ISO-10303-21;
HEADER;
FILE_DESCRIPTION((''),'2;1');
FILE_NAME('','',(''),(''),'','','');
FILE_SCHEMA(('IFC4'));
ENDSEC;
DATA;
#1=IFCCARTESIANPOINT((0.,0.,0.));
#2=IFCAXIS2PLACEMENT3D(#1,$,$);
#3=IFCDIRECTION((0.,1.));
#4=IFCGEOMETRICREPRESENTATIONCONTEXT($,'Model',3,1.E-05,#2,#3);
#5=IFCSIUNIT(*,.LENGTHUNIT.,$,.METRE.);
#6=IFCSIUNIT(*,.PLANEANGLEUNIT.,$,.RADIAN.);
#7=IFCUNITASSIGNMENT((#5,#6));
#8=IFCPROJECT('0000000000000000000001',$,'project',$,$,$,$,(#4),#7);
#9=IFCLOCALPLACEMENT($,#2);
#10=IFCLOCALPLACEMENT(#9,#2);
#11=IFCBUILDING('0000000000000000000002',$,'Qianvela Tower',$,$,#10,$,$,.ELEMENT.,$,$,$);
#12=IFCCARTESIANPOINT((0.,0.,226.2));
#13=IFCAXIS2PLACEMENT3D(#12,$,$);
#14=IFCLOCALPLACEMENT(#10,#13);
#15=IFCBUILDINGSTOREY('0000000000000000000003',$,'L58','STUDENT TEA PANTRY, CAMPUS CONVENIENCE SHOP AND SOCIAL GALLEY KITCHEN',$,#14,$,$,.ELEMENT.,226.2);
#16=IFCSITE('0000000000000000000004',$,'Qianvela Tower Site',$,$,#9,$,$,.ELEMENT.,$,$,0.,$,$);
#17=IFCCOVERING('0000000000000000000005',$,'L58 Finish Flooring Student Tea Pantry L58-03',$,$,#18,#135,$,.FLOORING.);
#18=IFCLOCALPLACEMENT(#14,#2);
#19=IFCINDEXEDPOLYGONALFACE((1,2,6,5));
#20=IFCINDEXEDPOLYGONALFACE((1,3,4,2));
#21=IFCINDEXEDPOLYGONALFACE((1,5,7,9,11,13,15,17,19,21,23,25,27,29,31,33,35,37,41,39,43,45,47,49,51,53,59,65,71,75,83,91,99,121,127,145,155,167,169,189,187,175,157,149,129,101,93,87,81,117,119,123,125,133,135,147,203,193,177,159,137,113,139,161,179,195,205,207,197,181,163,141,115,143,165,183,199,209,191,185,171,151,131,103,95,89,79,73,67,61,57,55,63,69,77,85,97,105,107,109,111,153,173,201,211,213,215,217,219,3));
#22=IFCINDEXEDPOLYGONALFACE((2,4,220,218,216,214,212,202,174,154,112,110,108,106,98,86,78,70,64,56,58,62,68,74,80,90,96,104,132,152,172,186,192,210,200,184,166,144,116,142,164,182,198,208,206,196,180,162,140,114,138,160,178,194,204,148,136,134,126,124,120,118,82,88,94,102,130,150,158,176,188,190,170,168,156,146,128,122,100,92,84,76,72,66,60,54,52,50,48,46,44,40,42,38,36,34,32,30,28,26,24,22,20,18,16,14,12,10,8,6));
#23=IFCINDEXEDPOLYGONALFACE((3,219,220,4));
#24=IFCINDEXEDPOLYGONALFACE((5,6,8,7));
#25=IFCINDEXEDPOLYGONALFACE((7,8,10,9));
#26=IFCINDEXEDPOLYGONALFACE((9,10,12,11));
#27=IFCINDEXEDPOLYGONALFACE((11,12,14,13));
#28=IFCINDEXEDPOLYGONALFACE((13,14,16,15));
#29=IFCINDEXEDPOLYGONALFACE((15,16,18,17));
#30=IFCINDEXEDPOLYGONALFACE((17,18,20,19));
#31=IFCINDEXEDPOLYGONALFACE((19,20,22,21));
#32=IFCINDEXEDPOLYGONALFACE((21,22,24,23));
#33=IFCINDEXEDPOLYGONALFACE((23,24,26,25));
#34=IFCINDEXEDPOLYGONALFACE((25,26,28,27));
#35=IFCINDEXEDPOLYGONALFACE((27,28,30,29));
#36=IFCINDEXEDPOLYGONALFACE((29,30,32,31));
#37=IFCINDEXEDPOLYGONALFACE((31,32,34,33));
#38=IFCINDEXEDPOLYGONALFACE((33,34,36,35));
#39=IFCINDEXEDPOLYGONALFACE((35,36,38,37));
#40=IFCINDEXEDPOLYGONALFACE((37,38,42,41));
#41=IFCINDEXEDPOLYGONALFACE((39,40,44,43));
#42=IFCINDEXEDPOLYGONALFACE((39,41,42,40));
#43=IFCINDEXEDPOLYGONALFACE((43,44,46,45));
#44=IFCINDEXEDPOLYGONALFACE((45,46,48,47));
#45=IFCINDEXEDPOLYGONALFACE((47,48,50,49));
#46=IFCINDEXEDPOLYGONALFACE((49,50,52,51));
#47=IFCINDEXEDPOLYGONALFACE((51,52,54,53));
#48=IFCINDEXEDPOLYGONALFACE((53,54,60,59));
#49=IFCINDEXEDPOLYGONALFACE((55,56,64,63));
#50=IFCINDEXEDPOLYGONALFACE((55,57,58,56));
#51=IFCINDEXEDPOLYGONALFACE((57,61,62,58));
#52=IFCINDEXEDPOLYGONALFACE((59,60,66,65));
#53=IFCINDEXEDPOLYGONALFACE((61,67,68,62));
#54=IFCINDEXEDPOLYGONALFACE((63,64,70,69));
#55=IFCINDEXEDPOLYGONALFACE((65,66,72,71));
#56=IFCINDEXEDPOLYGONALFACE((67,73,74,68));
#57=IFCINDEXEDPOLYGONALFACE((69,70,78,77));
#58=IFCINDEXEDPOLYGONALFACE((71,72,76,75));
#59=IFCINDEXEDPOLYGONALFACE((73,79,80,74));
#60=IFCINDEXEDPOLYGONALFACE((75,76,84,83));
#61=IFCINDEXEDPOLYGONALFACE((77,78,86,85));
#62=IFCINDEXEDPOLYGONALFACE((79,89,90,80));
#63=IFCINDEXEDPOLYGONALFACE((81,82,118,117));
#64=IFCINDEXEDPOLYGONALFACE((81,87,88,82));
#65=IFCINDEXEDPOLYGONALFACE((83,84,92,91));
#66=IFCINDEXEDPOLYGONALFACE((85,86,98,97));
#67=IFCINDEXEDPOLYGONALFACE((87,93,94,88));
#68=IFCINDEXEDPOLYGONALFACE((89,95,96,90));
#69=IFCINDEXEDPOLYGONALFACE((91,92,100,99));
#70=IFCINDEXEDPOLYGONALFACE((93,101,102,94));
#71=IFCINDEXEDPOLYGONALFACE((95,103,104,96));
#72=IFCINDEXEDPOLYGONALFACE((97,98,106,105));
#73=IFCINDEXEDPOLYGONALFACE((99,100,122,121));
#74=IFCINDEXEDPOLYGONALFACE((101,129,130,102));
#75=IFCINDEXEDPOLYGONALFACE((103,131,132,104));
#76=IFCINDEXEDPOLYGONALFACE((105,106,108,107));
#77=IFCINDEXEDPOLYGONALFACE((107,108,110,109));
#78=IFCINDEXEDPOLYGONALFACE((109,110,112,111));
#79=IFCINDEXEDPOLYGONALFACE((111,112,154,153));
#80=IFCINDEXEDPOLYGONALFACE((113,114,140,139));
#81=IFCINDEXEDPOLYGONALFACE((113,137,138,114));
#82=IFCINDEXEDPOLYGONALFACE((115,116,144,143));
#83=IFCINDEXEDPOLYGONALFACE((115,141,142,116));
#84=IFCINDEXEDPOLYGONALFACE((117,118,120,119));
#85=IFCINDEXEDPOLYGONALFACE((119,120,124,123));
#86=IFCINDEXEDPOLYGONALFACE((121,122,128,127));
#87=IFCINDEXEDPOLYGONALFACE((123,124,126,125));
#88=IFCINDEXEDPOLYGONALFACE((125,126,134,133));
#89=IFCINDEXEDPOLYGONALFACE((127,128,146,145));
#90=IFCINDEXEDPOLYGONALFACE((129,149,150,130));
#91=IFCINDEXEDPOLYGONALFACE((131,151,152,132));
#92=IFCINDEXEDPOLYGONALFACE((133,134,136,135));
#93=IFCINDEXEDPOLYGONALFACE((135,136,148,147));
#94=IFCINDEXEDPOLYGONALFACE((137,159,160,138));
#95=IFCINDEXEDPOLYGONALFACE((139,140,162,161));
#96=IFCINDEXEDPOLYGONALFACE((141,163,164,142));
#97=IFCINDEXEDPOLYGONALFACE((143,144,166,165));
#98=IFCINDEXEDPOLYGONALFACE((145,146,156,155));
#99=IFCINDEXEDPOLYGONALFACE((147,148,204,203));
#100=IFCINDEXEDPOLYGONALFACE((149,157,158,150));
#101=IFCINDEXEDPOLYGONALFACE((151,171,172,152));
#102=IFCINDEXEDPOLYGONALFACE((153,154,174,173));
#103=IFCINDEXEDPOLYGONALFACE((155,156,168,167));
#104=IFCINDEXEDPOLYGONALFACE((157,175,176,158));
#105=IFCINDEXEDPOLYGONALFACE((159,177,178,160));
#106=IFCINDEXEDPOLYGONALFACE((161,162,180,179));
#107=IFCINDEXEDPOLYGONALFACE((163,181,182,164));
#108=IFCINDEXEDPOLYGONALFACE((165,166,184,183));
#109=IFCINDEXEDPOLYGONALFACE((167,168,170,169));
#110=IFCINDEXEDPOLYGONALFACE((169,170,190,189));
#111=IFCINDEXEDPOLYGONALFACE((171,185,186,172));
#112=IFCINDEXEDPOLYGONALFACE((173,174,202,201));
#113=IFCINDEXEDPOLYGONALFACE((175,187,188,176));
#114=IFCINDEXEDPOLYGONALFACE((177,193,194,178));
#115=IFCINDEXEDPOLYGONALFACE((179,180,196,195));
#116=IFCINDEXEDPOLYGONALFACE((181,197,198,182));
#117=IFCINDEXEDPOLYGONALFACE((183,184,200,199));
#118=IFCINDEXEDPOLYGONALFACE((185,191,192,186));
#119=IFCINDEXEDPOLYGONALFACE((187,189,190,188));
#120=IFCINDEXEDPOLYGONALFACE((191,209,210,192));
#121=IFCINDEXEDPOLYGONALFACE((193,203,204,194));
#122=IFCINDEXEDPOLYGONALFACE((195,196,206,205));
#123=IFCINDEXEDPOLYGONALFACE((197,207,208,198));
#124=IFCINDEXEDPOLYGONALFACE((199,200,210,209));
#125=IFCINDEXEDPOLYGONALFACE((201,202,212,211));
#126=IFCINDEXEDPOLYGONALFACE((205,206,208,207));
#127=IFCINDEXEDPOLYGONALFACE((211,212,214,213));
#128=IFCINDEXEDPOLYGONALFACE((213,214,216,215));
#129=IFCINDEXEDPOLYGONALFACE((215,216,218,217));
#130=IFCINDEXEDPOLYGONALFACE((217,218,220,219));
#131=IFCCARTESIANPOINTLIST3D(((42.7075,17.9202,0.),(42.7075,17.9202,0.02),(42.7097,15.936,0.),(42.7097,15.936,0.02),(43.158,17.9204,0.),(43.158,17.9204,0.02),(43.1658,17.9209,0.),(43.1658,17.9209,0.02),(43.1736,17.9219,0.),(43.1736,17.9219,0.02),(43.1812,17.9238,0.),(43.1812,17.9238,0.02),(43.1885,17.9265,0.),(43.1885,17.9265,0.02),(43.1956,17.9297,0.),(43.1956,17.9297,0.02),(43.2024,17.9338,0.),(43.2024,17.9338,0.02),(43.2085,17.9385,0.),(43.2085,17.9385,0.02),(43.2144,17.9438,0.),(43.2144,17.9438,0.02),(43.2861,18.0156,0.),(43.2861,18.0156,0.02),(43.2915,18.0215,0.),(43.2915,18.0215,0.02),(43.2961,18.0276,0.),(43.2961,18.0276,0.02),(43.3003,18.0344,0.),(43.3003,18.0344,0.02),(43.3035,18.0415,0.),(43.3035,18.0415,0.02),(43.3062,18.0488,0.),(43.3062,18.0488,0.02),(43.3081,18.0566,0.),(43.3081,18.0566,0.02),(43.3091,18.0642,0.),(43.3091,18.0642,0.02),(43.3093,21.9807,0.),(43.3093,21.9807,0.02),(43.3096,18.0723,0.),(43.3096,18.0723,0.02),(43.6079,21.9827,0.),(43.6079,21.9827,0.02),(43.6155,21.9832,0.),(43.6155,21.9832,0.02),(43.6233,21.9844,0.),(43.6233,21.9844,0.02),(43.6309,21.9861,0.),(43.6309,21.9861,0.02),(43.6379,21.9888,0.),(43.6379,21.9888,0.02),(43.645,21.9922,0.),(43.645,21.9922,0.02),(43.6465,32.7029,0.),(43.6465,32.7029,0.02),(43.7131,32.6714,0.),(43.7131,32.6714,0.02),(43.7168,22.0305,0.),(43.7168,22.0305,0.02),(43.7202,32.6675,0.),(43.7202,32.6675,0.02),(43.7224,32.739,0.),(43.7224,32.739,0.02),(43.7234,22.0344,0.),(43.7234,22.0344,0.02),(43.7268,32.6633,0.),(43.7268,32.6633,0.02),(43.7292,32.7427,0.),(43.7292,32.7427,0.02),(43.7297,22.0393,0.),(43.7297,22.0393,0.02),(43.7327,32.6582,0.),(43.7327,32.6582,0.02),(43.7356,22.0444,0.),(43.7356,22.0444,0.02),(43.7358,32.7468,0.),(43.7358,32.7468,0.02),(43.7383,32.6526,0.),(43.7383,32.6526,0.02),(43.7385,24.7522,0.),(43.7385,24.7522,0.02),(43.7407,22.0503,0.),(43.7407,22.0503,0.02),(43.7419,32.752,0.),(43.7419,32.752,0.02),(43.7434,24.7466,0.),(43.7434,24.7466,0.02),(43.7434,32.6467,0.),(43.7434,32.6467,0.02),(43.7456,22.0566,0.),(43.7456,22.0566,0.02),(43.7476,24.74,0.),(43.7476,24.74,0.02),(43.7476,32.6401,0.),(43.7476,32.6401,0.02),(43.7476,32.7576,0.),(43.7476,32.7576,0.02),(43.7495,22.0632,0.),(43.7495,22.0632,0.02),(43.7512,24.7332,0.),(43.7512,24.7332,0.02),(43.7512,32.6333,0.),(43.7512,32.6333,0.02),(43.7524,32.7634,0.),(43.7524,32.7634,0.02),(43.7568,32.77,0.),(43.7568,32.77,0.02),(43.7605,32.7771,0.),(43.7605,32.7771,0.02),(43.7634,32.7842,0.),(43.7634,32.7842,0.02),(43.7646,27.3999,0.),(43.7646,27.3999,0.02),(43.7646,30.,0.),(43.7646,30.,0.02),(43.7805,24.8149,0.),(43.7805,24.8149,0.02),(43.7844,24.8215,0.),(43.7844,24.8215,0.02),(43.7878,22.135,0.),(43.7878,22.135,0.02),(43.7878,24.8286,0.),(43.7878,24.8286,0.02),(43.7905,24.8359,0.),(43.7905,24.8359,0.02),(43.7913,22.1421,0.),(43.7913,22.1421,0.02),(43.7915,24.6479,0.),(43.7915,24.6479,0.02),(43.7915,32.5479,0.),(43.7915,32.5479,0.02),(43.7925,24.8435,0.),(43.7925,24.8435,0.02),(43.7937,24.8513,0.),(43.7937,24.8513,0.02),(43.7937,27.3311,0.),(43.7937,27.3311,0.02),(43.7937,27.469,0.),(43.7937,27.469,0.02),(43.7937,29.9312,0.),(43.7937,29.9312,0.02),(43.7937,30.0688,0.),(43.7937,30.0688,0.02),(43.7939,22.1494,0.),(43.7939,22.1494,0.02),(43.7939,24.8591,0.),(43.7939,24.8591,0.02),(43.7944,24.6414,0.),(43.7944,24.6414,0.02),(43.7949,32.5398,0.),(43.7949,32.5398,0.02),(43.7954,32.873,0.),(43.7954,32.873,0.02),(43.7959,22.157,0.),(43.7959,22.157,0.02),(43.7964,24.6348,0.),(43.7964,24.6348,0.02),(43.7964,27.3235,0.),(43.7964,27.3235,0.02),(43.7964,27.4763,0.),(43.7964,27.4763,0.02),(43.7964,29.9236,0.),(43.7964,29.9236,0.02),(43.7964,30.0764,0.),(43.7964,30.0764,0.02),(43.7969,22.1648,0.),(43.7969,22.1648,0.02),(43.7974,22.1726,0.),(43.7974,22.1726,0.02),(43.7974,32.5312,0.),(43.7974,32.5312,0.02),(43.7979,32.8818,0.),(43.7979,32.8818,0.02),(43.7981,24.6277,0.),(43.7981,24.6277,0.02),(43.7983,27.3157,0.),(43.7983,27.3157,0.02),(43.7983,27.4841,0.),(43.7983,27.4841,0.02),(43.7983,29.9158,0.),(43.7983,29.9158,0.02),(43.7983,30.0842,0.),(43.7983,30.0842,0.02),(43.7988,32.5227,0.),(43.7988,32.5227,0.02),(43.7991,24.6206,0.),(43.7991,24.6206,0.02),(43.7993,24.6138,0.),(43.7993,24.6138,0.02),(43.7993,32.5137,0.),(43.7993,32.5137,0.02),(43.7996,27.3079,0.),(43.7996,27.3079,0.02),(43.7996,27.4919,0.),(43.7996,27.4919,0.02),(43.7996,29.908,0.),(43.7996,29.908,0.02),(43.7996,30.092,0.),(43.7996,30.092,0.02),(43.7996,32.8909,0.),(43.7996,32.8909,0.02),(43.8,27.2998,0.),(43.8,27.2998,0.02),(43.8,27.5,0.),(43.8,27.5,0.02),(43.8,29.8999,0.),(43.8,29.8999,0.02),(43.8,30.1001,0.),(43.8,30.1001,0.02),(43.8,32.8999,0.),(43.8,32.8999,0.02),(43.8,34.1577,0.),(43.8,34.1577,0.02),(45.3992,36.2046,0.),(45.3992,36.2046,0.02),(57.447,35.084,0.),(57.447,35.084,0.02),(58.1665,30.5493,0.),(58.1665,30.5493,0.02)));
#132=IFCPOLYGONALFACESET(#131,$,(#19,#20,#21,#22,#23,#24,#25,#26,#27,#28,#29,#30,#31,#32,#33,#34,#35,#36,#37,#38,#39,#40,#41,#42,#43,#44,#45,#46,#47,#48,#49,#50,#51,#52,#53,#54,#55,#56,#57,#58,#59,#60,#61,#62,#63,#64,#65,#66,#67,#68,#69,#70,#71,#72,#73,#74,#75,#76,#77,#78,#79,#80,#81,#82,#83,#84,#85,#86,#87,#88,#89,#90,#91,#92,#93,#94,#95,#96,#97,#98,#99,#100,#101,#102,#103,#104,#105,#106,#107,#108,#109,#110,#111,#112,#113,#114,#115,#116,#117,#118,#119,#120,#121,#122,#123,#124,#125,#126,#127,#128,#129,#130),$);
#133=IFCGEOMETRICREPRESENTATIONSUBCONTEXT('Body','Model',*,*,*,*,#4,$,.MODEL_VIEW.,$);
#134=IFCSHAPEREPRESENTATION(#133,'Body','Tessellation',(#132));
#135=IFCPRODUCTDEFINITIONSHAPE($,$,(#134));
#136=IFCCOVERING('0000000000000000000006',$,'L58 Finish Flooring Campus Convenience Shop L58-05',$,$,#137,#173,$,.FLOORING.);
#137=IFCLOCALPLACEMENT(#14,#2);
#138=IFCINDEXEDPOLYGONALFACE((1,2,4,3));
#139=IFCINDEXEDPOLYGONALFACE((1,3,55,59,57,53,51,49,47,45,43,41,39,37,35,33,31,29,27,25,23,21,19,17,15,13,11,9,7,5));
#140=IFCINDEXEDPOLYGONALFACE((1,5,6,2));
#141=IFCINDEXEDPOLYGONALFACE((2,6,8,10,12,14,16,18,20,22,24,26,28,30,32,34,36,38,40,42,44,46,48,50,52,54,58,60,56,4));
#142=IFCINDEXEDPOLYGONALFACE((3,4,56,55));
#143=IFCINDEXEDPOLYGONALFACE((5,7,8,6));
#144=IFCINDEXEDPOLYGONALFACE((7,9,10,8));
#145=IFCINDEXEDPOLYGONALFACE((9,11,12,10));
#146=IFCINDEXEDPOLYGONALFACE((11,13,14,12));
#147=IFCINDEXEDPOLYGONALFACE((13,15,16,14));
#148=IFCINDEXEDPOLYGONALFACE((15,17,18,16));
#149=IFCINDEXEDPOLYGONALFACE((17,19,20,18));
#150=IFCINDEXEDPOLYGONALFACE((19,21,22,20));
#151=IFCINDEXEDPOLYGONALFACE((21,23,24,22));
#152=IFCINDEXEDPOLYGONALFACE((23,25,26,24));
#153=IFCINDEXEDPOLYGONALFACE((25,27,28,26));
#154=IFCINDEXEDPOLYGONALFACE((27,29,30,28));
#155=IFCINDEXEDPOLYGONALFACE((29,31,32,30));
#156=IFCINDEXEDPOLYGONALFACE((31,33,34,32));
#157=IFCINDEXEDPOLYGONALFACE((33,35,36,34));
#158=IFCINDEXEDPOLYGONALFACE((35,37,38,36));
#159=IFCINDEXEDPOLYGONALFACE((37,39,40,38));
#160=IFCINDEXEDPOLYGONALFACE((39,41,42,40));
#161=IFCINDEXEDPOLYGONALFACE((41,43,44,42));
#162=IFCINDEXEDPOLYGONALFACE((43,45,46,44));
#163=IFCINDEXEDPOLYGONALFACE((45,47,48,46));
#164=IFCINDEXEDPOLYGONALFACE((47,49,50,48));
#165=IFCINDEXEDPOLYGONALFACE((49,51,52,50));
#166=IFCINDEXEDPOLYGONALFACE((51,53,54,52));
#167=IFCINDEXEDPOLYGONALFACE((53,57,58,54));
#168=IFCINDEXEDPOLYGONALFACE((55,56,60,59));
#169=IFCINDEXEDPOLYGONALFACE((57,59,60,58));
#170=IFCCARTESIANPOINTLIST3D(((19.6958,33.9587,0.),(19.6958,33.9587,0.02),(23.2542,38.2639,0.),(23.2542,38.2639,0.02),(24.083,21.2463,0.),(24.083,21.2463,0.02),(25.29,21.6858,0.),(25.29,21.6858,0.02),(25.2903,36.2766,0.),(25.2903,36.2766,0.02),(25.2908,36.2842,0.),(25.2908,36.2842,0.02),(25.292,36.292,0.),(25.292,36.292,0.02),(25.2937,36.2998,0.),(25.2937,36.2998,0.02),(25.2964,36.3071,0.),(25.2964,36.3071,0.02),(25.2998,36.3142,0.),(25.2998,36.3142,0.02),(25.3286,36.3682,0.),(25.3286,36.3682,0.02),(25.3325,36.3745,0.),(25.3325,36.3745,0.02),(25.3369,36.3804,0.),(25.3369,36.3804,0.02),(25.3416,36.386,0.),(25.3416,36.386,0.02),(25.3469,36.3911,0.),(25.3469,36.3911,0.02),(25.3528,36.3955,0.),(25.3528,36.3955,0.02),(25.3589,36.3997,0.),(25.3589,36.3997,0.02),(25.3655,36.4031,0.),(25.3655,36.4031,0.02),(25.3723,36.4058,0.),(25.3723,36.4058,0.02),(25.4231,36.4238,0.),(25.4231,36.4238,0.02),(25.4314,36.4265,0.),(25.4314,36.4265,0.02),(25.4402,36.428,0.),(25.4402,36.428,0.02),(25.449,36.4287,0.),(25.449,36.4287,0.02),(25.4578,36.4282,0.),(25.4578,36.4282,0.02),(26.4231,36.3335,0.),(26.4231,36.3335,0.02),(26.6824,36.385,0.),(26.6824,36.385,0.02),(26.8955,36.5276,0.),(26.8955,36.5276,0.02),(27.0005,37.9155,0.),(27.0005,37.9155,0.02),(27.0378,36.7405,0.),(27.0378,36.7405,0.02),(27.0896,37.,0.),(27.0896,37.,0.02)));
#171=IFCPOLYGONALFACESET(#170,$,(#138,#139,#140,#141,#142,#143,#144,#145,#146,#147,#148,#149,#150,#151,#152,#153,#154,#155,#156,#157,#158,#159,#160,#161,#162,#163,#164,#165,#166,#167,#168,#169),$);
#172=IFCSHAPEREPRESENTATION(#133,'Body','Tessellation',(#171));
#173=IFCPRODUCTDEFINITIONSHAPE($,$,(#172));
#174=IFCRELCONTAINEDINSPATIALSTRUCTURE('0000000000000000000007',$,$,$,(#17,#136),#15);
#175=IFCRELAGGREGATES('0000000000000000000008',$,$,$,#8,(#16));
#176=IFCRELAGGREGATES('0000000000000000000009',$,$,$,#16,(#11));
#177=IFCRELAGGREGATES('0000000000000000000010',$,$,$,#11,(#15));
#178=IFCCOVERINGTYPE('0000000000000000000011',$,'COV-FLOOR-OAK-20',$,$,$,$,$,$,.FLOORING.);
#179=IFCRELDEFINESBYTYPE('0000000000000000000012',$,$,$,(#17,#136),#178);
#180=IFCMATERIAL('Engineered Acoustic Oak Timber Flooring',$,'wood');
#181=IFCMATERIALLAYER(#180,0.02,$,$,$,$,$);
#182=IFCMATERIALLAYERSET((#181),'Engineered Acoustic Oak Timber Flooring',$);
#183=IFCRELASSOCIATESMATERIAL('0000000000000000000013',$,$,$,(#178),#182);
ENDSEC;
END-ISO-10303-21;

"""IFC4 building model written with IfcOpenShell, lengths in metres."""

from ifc_helpers import new_model, si_unit, direction, frame, origin, place, context, subcontext, project, spatial, polyline, outline, extrude, material, layer, layer_set, type_object, element, save


model = new_model("IFC4")

# Units and contexts
model_context = context("Model", 3, precision=1e-05, world=origin(), true_north=direction((0.0, 1.0)))
body_context = subcontext(model_context, "Body", "Model", "MODEL_VIEW")
ifc_project = project(units=[si_unit("LENGTHUNIT", "METRE"), si_unit("PLANEANGLEUNIT", "RADIAN")], contexts=[model_context])

# Site, building, storey
site_placement = place(None, origin())
site = spatial("IfcSite", under=ifc_project, at=site_placement, Name="Qianvela Tower Site", CompositionType="ELEMENT", RefElevation=0.0)
building_placement = place(site_placement, origin())
building = spatial("IfcBuilding", under=site, at=building_placement, Name="Qianvela Tower", CompositionType="ELEMENT")
storey_placement = place(building_placement, frame((0.0, 0.0, 226.2)))
storey = spatial("IfcBuildingStorey", under=building, at=storey_placement, Name="L58", Description="STUDENT TEA PANTRY, CAMPUS CONVENIENCE SHOP AND SOCIAL GALLEY KITCHEN", CompositionType="ELEMENT", Elevation=226.2)

# Coverings
ifc_material_1 = material(Name="Engineered Acoustic Oak Timber Flooring", Category="wood")
ifc_layer_1 = layer(ifc_material_1, 0.02)
ifc_layer_set_1 = layer_set([ifc_layer_1], Name="Engineered Acoustic Oak Timber Flooring")
covering_type_1 = type_object("IfcCoveringType", Name="COV-FLOOR-OAK-20", PredefinedType="FLOORING", material=ifc_layer_set_1)
covering_1_placement = place(storey_placement, origin())
element("IfcCovering", 1, at=covering_1_placement, inside=storey, type_object=covering_type_1, Name="L58 Finish Flooring Student Tea Pantry L58-03", PredefinedType="FLOORING", context=body_context, shape_type="SweptSolid", body=[
    extrude(outline(polyline([(42.7097, 15.936), (42.7075, 17.9202), (43.158, 17.9204), (43.1658, 17.9209), (43.1736, 17.9219), (43.1812, 17.9238), (43.1885, 17.9265), (43.1956, 17.9297), (43.2024, 17.9338), (43.2085, 17.9385), (43.2144, 17.9438), (43.2861, 18.0156), (43.2915, 18.0215), (43.2961, 18.0276), (43.3003, 18.0344), (43.3035, 18.0415), (43.3062, 18.0488), (43.3081, 18.0566), (43.3091, 18.0642), (43.3096, 18.0723), (43.3093, 21.9807), (43.6079, 21.9827), (43.6155, 21.9832), (43.6233, 21.9844), (43.6309, 21.9861), (43.6379, 21.9888), (43.645, 21.9922), (43.7168, 22.0305), (43.7234, 22.0344), (43.7297, 22.0393), (43.7356, 22.0444), (43.7407, 22.0503), (43.7456, 22.0566), (43.7495, 22.0632), (43.7878, 22.135), (43.7913, 22.1421), (43.7939, 22.1494), (43.7959, 22.157), (43.7969, 22.1648), (43.7974, 22.1726), (43.7993, 24.6138), (43.7991, 24.6206), (43.7981, 24.6277), (43.7964, 24.6348), (43.7944, 24.6414), (43.7915, 24.6479), (43.7512, 24.7332), (43.7476, 24.74), (43.7434, 24.7466), (43.7385, 24.7522), (43.7805, 24.8149), (43.7844, 24.8215), (43.7878, 24.8286), (43.7905, 24.8359), (43.7925, 24.8435), (43.7937, 24.8513), (43.7939, 24.8591), (43.8, 27.2998), (43.7996, 27.3079), (43.7983, 27.3157), (43.7964, 27.3235), (43.7937, 27.3311), (43.7646, 27.3999), (43.7937, 27.469), (43.7964, 27.4763), (43.7983, 27.4841), (43.7996, 27.4919), (43.8, 27.5), (43.8, 29.8999), (43.7996, 29.908), (43.7983, 29.9158), (43.7964, 29.9236), (43.7937, 29.9312), (43.7646, 30.0), (43.7937, 30.0688), (43.7964, 30.0764), (43.7983, 30.0842), (43.7996, 30.092), (43.8, 30.1001), (43.7993, 32.5137), (43.7988, 32.5227), (43.7974, 32.5312), (43.7949, 32.5398), (43.7915, 32.5479), (43.7512, 32.6333), (43.7476, 32.6401), (43.7434, 32.6467), (43.7383, 32.6526), (43.7327, 32.6582), (43.7268, 32.6633), (43.7202, 32.6675), (43.7131, 32.6714), (43.6465, 32.7029), (43.7224, 32.739), (43.7292, 32.7427), (43.7358, 32.7468), (43.7419, 32.752), (43.7476, 32.7576), (43.7524, 32.7634), (43.7568, 32.77), (43.7605, 32.7771), (43.7634, 32.7842), (43.7954, 32.873), (43.7979, 32.8818), (43.7996, 32.8909), (43.8, 32.8999), (43.8, 34.1577), (45.3992, 36.2046), (57.447, 35.084), (58.1665, 30.5493), (42.7097, 15.936)])), origin(), (0.0, 0.0, 1.0), 0.02),
])
covering_2_placement = place(storey_placement, origin())
element("IfcCovering", 2, at=covering_2_placement, inside=storey, type_object=covering_type_1, Name="L58 Finish Flooring Campus Convenience Shop L58-05", PredefinedType="FLOORING", context=body_context, shape_type="SweptSolid", body=[
    extrude(outline(polyline([(23.2542, 38.2639), (27.0005, 37.9155), (27.0896, 37.0), (27.0378, 36.7405), (26.8955, 36.5276), (26.6824, 36.385), (26.4231, 36.3335), (25.4578, 36.4282), (25.449, 36.4287), (25.4402, 36.428), (25.4314, 36.4265), (25.4231, 36.4238), (25.3723, 36.4058), (25.3655, 36.4031), (25.3589, 36.3997), (25.3528, 36.3955), (25.3469, 36.3911), (25.3416, 36.386), (25.3369, 36.3804), (25.3325, 36.3745), (25.3286, 36.3682), (25.2998, 36.3142), (25.2964, 36.3071), (25.2937, 36.2998), (25.292, 36.292), (25.2908, 36.2842), (25.2903, 36.2766), (25.29, 21.6858), (24.083, 21.2463), (19.6958, 33.9587), (23.2542, 38.2639)])), origin(), (0.0, 0.0, 1.0), 0.02),
])

save(model, "model.ifc")
